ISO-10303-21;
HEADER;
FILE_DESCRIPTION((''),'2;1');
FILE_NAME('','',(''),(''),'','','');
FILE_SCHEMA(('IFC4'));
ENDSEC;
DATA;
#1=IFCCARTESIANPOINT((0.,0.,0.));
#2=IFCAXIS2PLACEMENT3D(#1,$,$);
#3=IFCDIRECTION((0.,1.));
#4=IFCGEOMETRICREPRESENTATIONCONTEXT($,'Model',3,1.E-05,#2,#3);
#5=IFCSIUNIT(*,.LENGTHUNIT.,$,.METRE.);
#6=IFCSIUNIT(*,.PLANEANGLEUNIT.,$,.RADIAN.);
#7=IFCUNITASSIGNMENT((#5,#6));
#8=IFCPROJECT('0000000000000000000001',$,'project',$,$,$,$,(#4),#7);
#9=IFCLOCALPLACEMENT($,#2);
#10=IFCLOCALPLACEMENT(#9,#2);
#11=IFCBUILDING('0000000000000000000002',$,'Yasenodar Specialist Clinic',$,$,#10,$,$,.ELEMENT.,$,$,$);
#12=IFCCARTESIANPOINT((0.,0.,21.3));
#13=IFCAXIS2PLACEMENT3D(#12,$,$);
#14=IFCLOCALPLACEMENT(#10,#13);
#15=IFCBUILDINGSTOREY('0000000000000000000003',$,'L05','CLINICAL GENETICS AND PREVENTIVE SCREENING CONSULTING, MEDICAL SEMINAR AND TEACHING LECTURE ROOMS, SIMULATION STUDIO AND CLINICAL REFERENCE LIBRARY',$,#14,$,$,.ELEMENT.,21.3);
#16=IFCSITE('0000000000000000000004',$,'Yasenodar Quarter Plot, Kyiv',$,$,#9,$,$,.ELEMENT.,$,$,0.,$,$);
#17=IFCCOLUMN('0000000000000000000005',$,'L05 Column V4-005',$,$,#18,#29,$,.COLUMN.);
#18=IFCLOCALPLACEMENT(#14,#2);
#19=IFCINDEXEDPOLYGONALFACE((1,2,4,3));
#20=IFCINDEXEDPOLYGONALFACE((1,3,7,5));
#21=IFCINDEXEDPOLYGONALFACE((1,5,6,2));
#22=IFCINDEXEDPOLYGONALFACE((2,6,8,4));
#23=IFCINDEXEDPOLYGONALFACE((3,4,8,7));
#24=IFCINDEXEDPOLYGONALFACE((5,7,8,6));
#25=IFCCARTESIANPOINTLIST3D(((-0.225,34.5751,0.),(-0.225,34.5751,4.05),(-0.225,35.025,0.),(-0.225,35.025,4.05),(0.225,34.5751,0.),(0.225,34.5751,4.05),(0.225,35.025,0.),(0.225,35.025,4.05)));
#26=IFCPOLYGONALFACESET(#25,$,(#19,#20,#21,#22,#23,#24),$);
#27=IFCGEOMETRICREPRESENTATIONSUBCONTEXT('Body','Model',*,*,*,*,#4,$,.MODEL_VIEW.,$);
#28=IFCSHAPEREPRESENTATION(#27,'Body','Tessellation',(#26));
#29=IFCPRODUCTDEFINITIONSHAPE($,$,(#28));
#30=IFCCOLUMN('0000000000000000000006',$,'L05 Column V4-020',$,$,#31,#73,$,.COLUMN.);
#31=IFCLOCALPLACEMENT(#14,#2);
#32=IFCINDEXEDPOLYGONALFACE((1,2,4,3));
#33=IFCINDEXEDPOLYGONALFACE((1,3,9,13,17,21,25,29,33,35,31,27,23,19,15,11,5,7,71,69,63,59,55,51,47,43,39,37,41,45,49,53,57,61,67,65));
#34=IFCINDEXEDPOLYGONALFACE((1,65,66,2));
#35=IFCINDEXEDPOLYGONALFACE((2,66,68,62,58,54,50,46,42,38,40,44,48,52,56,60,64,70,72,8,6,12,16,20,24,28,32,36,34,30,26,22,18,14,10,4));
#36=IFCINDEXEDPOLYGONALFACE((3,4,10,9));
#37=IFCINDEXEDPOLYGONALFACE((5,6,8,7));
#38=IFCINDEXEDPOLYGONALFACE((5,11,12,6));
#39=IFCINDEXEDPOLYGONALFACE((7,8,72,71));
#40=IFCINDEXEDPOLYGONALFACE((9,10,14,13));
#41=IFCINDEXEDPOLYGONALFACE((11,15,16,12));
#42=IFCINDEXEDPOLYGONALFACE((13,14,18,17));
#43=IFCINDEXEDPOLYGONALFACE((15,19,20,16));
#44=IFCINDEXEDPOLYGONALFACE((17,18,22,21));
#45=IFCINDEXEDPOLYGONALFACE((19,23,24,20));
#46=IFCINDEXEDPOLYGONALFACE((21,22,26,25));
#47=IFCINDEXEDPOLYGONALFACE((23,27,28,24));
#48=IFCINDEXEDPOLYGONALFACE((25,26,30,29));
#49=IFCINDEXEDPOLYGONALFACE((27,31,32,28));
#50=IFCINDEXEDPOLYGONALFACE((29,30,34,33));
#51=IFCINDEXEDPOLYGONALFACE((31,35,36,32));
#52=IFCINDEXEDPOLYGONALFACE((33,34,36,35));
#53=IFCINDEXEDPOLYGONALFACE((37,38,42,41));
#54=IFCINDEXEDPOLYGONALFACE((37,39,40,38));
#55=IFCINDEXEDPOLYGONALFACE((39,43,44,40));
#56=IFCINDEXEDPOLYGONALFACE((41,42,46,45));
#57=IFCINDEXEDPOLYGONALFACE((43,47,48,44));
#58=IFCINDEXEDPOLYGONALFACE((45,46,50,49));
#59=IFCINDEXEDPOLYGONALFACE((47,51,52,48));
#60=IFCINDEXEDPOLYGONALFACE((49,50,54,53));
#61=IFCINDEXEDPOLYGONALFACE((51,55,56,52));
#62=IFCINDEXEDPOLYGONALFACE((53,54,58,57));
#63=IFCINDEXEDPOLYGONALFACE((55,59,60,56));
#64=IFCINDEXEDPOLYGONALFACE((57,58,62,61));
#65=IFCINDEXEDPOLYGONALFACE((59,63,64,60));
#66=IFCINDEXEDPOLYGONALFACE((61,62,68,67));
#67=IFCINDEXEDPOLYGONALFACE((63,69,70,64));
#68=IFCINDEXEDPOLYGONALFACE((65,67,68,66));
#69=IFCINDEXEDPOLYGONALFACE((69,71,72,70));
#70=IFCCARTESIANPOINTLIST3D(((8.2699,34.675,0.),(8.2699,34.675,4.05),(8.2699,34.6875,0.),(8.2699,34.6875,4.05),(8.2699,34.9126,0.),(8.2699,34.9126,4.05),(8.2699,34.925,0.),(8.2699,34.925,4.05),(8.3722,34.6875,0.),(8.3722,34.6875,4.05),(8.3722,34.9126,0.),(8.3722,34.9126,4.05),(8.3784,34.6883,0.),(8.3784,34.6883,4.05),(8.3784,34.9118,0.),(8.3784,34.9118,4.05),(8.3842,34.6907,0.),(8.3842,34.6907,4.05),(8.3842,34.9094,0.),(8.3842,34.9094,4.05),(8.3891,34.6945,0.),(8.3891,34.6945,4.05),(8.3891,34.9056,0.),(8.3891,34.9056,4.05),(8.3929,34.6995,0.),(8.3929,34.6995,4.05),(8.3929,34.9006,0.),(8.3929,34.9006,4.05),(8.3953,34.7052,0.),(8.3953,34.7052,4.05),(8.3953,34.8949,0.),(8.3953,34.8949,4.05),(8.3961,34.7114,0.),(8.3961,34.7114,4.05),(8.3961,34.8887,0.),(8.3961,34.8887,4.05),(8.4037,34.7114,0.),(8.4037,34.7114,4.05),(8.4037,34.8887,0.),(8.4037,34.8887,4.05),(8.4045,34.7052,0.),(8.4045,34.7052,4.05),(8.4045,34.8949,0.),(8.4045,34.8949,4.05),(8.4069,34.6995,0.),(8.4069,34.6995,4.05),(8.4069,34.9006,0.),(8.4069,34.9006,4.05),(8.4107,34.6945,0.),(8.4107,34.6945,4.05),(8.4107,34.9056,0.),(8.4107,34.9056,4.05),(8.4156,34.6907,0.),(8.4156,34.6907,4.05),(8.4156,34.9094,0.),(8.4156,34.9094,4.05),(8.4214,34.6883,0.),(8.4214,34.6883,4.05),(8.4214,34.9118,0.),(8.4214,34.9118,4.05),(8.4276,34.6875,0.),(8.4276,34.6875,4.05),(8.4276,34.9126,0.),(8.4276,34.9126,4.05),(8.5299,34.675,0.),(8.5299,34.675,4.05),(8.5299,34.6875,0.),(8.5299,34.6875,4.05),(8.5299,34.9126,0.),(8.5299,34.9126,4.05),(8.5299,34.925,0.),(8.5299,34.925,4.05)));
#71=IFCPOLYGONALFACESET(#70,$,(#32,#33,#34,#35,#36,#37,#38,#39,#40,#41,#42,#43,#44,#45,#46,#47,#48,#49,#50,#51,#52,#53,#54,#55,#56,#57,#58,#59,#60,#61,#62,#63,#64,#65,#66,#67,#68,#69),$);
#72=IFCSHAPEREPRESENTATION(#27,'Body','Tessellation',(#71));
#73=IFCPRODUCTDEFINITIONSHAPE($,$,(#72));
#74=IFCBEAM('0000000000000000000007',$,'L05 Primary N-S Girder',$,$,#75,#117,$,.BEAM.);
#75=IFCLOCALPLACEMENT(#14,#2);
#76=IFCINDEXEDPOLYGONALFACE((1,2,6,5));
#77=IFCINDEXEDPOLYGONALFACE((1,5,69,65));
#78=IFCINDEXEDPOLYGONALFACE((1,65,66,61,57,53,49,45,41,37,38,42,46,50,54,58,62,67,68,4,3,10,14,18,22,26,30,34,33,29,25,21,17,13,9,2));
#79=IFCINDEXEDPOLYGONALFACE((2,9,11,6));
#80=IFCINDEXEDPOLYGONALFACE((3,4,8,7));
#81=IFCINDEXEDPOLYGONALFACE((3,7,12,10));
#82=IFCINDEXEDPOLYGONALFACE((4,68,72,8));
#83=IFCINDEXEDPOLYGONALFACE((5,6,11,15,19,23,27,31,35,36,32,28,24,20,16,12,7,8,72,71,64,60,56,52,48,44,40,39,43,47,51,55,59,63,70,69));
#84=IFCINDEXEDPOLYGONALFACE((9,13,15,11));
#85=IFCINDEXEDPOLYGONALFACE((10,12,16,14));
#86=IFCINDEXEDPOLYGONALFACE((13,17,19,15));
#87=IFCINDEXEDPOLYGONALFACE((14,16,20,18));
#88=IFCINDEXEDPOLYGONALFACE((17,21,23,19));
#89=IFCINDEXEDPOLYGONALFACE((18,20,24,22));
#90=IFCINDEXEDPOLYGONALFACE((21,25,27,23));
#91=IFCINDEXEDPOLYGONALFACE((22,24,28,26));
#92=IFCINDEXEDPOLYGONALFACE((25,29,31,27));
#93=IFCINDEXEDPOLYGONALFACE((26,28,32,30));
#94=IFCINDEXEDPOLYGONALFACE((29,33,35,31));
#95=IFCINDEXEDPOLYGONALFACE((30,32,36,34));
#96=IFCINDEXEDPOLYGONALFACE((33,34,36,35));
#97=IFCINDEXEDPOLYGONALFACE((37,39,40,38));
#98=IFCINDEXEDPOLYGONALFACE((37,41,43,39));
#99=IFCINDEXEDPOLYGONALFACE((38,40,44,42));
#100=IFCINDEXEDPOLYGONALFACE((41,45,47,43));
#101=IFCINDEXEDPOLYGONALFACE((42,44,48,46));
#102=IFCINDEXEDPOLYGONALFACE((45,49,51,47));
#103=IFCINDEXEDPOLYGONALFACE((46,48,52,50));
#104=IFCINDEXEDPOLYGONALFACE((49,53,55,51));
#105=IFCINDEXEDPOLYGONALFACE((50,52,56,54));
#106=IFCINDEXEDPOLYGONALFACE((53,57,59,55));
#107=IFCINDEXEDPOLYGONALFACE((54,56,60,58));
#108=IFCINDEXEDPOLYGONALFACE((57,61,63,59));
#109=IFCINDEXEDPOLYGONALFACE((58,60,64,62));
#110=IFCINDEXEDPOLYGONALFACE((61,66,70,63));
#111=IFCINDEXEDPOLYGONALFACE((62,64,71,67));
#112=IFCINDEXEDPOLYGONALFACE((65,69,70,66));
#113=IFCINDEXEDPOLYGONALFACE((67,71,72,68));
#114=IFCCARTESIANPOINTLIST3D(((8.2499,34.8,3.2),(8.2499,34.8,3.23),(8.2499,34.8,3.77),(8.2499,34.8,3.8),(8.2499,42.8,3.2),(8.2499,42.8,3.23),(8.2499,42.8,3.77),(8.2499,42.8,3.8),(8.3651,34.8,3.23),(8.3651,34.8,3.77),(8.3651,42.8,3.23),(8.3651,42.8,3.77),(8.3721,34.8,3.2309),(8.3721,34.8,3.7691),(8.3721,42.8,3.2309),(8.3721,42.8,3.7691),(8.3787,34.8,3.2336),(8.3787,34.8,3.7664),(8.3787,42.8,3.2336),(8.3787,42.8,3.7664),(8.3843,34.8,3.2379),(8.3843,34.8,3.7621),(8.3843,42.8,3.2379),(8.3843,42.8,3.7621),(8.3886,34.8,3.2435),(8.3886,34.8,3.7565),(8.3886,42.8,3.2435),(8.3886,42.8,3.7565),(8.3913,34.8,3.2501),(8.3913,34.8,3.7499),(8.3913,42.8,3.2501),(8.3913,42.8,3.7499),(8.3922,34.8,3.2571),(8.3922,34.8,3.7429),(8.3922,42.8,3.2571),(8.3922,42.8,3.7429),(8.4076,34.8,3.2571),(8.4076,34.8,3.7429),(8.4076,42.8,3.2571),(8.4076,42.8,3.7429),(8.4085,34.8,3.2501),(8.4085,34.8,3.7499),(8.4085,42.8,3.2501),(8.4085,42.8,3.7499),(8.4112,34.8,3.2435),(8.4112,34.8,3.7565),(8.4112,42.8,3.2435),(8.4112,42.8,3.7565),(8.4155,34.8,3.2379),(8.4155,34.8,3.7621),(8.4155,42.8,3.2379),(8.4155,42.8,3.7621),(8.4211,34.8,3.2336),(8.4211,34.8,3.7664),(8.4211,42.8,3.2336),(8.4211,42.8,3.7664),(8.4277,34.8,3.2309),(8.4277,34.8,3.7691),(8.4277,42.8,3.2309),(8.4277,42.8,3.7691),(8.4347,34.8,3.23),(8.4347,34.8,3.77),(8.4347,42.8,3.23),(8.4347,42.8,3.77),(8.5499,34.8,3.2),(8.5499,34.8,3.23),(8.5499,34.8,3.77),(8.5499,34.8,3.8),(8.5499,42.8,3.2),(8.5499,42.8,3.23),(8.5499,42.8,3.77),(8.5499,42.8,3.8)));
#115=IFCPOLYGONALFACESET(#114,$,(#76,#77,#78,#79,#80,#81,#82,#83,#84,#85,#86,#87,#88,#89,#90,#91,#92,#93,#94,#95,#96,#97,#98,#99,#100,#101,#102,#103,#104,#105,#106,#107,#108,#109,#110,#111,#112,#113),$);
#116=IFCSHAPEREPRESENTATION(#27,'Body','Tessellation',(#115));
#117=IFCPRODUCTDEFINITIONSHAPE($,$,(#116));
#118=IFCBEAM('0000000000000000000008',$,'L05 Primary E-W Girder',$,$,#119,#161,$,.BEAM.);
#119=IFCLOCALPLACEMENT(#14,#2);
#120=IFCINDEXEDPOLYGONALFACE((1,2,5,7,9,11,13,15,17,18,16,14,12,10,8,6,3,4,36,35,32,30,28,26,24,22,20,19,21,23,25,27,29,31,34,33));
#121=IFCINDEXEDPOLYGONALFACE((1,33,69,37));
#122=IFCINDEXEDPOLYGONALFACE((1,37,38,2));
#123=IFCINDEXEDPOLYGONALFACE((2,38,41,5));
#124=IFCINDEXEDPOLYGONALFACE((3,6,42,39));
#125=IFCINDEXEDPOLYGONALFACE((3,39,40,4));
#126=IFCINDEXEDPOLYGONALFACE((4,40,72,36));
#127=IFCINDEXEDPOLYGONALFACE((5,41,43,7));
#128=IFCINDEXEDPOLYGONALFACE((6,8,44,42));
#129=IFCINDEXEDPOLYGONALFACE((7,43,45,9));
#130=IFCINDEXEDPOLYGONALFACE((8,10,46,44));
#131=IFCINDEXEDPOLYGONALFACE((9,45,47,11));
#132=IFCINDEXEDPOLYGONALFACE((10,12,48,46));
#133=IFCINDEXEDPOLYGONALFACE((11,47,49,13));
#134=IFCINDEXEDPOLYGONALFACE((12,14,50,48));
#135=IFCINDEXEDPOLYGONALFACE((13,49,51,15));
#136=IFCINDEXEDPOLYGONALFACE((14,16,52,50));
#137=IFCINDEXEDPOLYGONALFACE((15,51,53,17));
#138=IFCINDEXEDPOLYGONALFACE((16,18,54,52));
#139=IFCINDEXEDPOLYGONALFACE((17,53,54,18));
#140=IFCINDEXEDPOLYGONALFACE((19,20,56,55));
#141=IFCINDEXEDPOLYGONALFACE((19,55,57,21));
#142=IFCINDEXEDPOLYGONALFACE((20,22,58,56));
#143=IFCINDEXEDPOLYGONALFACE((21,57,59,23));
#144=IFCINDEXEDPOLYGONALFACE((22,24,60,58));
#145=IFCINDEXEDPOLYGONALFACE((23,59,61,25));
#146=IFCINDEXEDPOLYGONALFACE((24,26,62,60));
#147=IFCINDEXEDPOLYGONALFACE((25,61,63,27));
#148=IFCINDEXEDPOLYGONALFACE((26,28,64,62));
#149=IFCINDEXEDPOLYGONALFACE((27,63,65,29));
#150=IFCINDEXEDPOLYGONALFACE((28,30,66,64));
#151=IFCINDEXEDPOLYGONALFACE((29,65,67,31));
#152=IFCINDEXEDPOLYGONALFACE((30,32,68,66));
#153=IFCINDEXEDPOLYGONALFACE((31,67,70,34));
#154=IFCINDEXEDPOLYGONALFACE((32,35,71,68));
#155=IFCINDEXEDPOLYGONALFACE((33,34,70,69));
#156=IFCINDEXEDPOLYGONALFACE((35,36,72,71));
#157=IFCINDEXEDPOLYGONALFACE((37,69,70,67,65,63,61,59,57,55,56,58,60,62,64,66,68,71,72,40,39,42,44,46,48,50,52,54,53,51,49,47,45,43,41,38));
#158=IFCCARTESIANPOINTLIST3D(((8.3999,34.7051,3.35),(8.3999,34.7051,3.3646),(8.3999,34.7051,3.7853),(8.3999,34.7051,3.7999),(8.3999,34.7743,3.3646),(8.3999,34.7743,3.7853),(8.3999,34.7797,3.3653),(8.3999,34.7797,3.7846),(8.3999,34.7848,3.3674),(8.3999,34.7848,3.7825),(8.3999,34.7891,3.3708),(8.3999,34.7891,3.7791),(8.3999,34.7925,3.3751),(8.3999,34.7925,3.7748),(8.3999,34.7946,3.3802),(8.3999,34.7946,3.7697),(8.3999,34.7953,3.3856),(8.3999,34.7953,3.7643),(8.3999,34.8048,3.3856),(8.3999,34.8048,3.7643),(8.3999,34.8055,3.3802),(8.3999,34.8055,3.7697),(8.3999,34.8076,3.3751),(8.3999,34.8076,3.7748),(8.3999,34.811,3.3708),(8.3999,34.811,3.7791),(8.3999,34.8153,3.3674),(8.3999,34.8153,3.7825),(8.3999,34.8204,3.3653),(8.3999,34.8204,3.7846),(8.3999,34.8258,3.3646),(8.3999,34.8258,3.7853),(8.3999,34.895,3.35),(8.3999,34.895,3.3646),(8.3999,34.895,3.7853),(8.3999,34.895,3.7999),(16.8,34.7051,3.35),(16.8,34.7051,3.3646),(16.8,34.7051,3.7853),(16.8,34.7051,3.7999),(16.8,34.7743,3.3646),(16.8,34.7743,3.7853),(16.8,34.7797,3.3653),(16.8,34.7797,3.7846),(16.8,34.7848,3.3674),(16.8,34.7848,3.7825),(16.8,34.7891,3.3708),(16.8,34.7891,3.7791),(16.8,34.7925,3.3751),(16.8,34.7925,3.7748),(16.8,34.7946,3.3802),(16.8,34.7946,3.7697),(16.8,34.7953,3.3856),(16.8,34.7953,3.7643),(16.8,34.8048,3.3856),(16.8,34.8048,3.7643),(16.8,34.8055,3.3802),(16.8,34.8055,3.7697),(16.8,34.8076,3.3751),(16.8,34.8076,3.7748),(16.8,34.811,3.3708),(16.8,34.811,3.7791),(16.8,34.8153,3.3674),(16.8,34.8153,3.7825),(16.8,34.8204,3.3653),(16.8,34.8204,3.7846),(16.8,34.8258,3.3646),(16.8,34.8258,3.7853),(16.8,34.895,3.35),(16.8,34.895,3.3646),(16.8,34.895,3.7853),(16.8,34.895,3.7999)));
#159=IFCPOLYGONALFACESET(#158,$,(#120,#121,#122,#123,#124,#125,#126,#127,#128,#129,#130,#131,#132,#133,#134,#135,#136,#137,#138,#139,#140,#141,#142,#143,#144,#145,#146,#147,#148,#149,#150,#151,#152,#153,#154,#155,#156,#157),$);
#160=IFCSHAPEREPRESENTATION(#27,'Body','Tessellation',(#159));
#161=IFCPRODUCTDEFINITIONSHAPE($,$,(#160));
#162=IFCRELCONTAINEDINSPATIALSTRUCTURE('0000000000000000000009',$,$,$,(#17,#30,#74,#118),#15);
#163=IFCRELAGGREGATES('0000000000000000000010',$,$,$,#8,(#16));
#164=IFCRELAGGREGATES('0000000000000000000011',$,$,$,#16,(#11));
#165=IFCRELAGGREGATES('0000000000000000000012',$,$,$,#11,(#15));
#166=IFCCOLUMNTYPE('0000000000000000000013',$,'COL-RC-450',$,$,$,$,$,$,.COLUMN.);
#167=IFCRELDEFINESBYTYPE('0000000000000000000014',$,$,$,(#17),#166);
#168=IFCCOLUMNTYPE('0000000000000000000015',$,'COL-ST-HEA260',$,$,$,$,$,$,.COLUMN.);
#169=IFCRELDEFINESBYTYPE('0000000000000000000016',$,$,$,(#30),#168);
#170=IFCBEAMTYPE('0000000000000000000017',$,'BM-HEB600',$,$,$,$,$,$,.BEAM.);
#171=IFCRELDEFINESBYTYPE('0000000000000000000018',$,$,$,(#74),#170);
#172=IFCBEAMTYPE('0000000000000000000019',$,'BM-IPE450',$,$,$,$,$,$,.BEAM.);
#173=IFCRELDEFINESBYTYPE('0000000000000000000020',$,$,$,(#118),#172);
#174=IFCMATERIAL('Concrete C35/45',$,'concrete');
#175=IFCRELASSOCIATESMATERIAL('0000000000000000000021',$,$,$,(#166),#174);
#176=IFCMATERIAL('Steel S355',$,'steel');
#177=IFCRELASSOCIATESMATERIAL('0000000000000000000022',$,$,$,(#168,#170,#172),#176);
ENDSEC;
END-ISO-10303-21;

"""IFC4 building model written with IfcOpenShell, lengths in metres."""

from ifc_helpers import new_model, si_unit, direction, frame, origin, origin_2d, place, context, subcontext, project, spatial, rectangle, i_section, extrude, material, material_profile, profile_set, type_object, element, save


model = new_model("IFC4")

# Units and contexts
model_context = context("Model", 3, precision=1e-05, world=origin(), true_north=direction((0.0, 1.0)))
body_context = subcontext(model_context, "Body", "Model", "MODEL_VIEW")
ifc_project = project(units=[si_unit("LENGTHUNIT", "METRE"), si_unit("PLANEANGLEUNIT", "RADIAN")], contexts=[model_context])

# Site, building, storey
site_placement = place(None, origin())
site = spatial("IfcSite", under=ifc_project, at=site_placement, Name="Yasenodar Quarter Plot, Kyiv", CompositionType="ELEMENT", RefElevation=0.0)
building_placement = place(site_placement, origin())
building = spatial("IfcBuilding", under=site, at=building_placement, Name="Yasenodar Specialist Clinic", CompositionType="ELEMENT")
storey_placement = place(building_placement, frame((0.0, 0.0, 21.3)))
storey = spatial("IfcBuildingStorey", under=building, at=storey_placement, Name="L05", Description="CLINICAL GENETICS AND PREVENTIVE SCREENING CONSULTING, MEDICAL SEMINAR AND TEACHING LECTURE ROOMS, SIMULATION STUDIO AND CLINICAL REFERENCE LIBRARY", CompositionType="ELEMENT", Elevation=21.3)

# Columns
ifc_material_1 = material(Name="Concrete C35/45", Category="concrete")
ifc_material_profile_1 = material_profile(ifc_material_1, rectangle(XDim=0.45, YDim=0.45, at=origin_2d()), Name="RC 450x450")
ifc_profile_set_1 = profile_set([ifc_material_profile_1], Name="Concrete C35/45")
column_type_1 = type_object("IfcColumnType", Name="COL-RC-450", PredefinedType="COLUMN", material=ifc_profile_set_1)
column_1_placement = place(storey_placement, frame((0.0, 34.8, 0.0), z_axis=(0.0, 0.0, 1.0), x_axis=(1.0, 0.0, 0.0)))
element("IfcColumn", 1, at=column_1_placement, inside=storey, type_object=column_type_1, Name="L05 Column V4-005", PredefinedType="COLUMN", context=body_context, shape_type="SweptSolid", body=[
    extrude(rectangle(XDim=0.45, YDim=0.45, at=origin_2d()), origin(), (0.0, 0.0, 1.0), 4.05),
])
ifc_material_2 = material(Name="Steel S355", Category="steel")
ifc_material_profile_2 = material_profile(ifc_material_2, i_section(OverallWidth=0.26, OverallDepth=0.25, WebThickness=0.0076, FlangeThickness=0.0125, FilletRadius=0.0239, at=origin_2d()), Name="HEA 260")
ifc_profile_set_2 = profile_set([ifc_material_profile_2], Name="Steel S355")
column_type_2 = type_object("IfcColumnType", Name="COL-ST-HEA260", PredefinedType="COLUMN", material=ifc_profile_set_2)
column_2_placement = place(storey_placement, frame((8.3999, 34.8, 0.0), z_axis=(0.0, 0.0, 1.0), x_axis=(1.0, 0.0, 0.0)))
element("IfcColumn", 2, at=column_2_placement, inside=storey, type_object=column_type_2, Name="L05 Column V4-020", PredefinedType="COLUMN", context=body_context, shape_type="SweptSolid", body=[
    extrude(i_section(OverallWidth=0.26, OverallDepth=0.25, WebThickness=0.0076, FlangeThickness=0.0125, FilletRadius=0.0239, at=origin_2d()), origin(), (0.0, 0.0, 1.0), 4.05),
])

# Beams
ifc_material_profile_3 = material_profile(ifc_material_2, i_section(OverallWidth=0.3, OverallDepth=0.6001, WebThickness=0.0154, FlangeThickness=0.03, FilletRadius=0.0271, at=origin_2d()), Name="HEB 600")
ifc_profile_set_3 = profile_set([ifc_material_profile_3], Name="Steel S355")
beam_type_1 = type_object("IfcBeamType", Name="BM-HEB600", PredefinedType="BEAM", material=ifc_profile_set_3)
beam_1_placement = place(storey_placement, frame((8.3999, 34.8, 3.5), z_axis=(0.0, 1.0, 0.0), x_axis=(-1.0, 0.0, 0.0)))
element("IfcBeam", 3, at=beam_1_placement, inside=storey, type_object=beam_type_1, Name="L05 Primary N-S Girder", PredefinedType="BEAM", context=body_context, shape_type="SweptSolid", body=[
    extrude(i_section(OverallWidth=0.3, OverallDepth=0.6001, WebThickness=0.0154, FlangeThickness=0.03, FilletRadius=0.0271, at=origin_2d()), origin(), (0.0, 0.0, 1.0), 8.0),
])
ifc_material_profile_4 = material_profile(ifc_material_2, i_section(OverallWidth=0.1899, OverallDepth=0.45, WebThickness=0.0095, FlangeThickness=0.0146, FilletRadius=0.021, at=origin_2d()), Name="IPE 450")
ifc_profile_set_4 = profile_set([ifc_material_profile_4], Name="Steel S355")
beam_type_2 = type_object("IfcBeamType", Name="BM-IPE450", PredefinedType="BEAM", material=ifc_profile_set_4)
beam_2_placement = place(storey_placement, frame((8.3999, 34.8, 3.575), z_axis=(1.0, 0.0, 0.0), x_axis=(0.0, 1.0, 0.0)))
element("IfcBeam", 4, at=beam_2_placement, inside=storey, type_object=beam_type_2, Name="L05 Primary E-W Girder", PredefinedType="BEAM", context=body_context, shape_type="SweptSolid", body=[
    extrude(i_section(OverallWidth=0.1899, OverallDepth=0.45, WebThickness=0.0095, FlangeThickness=0.0146, FilletRadius=0.021, at=origin_2d()), origin(), (0.0, 0.0, 1.0), 8.4001),
])

save(model, "model.ifc")
